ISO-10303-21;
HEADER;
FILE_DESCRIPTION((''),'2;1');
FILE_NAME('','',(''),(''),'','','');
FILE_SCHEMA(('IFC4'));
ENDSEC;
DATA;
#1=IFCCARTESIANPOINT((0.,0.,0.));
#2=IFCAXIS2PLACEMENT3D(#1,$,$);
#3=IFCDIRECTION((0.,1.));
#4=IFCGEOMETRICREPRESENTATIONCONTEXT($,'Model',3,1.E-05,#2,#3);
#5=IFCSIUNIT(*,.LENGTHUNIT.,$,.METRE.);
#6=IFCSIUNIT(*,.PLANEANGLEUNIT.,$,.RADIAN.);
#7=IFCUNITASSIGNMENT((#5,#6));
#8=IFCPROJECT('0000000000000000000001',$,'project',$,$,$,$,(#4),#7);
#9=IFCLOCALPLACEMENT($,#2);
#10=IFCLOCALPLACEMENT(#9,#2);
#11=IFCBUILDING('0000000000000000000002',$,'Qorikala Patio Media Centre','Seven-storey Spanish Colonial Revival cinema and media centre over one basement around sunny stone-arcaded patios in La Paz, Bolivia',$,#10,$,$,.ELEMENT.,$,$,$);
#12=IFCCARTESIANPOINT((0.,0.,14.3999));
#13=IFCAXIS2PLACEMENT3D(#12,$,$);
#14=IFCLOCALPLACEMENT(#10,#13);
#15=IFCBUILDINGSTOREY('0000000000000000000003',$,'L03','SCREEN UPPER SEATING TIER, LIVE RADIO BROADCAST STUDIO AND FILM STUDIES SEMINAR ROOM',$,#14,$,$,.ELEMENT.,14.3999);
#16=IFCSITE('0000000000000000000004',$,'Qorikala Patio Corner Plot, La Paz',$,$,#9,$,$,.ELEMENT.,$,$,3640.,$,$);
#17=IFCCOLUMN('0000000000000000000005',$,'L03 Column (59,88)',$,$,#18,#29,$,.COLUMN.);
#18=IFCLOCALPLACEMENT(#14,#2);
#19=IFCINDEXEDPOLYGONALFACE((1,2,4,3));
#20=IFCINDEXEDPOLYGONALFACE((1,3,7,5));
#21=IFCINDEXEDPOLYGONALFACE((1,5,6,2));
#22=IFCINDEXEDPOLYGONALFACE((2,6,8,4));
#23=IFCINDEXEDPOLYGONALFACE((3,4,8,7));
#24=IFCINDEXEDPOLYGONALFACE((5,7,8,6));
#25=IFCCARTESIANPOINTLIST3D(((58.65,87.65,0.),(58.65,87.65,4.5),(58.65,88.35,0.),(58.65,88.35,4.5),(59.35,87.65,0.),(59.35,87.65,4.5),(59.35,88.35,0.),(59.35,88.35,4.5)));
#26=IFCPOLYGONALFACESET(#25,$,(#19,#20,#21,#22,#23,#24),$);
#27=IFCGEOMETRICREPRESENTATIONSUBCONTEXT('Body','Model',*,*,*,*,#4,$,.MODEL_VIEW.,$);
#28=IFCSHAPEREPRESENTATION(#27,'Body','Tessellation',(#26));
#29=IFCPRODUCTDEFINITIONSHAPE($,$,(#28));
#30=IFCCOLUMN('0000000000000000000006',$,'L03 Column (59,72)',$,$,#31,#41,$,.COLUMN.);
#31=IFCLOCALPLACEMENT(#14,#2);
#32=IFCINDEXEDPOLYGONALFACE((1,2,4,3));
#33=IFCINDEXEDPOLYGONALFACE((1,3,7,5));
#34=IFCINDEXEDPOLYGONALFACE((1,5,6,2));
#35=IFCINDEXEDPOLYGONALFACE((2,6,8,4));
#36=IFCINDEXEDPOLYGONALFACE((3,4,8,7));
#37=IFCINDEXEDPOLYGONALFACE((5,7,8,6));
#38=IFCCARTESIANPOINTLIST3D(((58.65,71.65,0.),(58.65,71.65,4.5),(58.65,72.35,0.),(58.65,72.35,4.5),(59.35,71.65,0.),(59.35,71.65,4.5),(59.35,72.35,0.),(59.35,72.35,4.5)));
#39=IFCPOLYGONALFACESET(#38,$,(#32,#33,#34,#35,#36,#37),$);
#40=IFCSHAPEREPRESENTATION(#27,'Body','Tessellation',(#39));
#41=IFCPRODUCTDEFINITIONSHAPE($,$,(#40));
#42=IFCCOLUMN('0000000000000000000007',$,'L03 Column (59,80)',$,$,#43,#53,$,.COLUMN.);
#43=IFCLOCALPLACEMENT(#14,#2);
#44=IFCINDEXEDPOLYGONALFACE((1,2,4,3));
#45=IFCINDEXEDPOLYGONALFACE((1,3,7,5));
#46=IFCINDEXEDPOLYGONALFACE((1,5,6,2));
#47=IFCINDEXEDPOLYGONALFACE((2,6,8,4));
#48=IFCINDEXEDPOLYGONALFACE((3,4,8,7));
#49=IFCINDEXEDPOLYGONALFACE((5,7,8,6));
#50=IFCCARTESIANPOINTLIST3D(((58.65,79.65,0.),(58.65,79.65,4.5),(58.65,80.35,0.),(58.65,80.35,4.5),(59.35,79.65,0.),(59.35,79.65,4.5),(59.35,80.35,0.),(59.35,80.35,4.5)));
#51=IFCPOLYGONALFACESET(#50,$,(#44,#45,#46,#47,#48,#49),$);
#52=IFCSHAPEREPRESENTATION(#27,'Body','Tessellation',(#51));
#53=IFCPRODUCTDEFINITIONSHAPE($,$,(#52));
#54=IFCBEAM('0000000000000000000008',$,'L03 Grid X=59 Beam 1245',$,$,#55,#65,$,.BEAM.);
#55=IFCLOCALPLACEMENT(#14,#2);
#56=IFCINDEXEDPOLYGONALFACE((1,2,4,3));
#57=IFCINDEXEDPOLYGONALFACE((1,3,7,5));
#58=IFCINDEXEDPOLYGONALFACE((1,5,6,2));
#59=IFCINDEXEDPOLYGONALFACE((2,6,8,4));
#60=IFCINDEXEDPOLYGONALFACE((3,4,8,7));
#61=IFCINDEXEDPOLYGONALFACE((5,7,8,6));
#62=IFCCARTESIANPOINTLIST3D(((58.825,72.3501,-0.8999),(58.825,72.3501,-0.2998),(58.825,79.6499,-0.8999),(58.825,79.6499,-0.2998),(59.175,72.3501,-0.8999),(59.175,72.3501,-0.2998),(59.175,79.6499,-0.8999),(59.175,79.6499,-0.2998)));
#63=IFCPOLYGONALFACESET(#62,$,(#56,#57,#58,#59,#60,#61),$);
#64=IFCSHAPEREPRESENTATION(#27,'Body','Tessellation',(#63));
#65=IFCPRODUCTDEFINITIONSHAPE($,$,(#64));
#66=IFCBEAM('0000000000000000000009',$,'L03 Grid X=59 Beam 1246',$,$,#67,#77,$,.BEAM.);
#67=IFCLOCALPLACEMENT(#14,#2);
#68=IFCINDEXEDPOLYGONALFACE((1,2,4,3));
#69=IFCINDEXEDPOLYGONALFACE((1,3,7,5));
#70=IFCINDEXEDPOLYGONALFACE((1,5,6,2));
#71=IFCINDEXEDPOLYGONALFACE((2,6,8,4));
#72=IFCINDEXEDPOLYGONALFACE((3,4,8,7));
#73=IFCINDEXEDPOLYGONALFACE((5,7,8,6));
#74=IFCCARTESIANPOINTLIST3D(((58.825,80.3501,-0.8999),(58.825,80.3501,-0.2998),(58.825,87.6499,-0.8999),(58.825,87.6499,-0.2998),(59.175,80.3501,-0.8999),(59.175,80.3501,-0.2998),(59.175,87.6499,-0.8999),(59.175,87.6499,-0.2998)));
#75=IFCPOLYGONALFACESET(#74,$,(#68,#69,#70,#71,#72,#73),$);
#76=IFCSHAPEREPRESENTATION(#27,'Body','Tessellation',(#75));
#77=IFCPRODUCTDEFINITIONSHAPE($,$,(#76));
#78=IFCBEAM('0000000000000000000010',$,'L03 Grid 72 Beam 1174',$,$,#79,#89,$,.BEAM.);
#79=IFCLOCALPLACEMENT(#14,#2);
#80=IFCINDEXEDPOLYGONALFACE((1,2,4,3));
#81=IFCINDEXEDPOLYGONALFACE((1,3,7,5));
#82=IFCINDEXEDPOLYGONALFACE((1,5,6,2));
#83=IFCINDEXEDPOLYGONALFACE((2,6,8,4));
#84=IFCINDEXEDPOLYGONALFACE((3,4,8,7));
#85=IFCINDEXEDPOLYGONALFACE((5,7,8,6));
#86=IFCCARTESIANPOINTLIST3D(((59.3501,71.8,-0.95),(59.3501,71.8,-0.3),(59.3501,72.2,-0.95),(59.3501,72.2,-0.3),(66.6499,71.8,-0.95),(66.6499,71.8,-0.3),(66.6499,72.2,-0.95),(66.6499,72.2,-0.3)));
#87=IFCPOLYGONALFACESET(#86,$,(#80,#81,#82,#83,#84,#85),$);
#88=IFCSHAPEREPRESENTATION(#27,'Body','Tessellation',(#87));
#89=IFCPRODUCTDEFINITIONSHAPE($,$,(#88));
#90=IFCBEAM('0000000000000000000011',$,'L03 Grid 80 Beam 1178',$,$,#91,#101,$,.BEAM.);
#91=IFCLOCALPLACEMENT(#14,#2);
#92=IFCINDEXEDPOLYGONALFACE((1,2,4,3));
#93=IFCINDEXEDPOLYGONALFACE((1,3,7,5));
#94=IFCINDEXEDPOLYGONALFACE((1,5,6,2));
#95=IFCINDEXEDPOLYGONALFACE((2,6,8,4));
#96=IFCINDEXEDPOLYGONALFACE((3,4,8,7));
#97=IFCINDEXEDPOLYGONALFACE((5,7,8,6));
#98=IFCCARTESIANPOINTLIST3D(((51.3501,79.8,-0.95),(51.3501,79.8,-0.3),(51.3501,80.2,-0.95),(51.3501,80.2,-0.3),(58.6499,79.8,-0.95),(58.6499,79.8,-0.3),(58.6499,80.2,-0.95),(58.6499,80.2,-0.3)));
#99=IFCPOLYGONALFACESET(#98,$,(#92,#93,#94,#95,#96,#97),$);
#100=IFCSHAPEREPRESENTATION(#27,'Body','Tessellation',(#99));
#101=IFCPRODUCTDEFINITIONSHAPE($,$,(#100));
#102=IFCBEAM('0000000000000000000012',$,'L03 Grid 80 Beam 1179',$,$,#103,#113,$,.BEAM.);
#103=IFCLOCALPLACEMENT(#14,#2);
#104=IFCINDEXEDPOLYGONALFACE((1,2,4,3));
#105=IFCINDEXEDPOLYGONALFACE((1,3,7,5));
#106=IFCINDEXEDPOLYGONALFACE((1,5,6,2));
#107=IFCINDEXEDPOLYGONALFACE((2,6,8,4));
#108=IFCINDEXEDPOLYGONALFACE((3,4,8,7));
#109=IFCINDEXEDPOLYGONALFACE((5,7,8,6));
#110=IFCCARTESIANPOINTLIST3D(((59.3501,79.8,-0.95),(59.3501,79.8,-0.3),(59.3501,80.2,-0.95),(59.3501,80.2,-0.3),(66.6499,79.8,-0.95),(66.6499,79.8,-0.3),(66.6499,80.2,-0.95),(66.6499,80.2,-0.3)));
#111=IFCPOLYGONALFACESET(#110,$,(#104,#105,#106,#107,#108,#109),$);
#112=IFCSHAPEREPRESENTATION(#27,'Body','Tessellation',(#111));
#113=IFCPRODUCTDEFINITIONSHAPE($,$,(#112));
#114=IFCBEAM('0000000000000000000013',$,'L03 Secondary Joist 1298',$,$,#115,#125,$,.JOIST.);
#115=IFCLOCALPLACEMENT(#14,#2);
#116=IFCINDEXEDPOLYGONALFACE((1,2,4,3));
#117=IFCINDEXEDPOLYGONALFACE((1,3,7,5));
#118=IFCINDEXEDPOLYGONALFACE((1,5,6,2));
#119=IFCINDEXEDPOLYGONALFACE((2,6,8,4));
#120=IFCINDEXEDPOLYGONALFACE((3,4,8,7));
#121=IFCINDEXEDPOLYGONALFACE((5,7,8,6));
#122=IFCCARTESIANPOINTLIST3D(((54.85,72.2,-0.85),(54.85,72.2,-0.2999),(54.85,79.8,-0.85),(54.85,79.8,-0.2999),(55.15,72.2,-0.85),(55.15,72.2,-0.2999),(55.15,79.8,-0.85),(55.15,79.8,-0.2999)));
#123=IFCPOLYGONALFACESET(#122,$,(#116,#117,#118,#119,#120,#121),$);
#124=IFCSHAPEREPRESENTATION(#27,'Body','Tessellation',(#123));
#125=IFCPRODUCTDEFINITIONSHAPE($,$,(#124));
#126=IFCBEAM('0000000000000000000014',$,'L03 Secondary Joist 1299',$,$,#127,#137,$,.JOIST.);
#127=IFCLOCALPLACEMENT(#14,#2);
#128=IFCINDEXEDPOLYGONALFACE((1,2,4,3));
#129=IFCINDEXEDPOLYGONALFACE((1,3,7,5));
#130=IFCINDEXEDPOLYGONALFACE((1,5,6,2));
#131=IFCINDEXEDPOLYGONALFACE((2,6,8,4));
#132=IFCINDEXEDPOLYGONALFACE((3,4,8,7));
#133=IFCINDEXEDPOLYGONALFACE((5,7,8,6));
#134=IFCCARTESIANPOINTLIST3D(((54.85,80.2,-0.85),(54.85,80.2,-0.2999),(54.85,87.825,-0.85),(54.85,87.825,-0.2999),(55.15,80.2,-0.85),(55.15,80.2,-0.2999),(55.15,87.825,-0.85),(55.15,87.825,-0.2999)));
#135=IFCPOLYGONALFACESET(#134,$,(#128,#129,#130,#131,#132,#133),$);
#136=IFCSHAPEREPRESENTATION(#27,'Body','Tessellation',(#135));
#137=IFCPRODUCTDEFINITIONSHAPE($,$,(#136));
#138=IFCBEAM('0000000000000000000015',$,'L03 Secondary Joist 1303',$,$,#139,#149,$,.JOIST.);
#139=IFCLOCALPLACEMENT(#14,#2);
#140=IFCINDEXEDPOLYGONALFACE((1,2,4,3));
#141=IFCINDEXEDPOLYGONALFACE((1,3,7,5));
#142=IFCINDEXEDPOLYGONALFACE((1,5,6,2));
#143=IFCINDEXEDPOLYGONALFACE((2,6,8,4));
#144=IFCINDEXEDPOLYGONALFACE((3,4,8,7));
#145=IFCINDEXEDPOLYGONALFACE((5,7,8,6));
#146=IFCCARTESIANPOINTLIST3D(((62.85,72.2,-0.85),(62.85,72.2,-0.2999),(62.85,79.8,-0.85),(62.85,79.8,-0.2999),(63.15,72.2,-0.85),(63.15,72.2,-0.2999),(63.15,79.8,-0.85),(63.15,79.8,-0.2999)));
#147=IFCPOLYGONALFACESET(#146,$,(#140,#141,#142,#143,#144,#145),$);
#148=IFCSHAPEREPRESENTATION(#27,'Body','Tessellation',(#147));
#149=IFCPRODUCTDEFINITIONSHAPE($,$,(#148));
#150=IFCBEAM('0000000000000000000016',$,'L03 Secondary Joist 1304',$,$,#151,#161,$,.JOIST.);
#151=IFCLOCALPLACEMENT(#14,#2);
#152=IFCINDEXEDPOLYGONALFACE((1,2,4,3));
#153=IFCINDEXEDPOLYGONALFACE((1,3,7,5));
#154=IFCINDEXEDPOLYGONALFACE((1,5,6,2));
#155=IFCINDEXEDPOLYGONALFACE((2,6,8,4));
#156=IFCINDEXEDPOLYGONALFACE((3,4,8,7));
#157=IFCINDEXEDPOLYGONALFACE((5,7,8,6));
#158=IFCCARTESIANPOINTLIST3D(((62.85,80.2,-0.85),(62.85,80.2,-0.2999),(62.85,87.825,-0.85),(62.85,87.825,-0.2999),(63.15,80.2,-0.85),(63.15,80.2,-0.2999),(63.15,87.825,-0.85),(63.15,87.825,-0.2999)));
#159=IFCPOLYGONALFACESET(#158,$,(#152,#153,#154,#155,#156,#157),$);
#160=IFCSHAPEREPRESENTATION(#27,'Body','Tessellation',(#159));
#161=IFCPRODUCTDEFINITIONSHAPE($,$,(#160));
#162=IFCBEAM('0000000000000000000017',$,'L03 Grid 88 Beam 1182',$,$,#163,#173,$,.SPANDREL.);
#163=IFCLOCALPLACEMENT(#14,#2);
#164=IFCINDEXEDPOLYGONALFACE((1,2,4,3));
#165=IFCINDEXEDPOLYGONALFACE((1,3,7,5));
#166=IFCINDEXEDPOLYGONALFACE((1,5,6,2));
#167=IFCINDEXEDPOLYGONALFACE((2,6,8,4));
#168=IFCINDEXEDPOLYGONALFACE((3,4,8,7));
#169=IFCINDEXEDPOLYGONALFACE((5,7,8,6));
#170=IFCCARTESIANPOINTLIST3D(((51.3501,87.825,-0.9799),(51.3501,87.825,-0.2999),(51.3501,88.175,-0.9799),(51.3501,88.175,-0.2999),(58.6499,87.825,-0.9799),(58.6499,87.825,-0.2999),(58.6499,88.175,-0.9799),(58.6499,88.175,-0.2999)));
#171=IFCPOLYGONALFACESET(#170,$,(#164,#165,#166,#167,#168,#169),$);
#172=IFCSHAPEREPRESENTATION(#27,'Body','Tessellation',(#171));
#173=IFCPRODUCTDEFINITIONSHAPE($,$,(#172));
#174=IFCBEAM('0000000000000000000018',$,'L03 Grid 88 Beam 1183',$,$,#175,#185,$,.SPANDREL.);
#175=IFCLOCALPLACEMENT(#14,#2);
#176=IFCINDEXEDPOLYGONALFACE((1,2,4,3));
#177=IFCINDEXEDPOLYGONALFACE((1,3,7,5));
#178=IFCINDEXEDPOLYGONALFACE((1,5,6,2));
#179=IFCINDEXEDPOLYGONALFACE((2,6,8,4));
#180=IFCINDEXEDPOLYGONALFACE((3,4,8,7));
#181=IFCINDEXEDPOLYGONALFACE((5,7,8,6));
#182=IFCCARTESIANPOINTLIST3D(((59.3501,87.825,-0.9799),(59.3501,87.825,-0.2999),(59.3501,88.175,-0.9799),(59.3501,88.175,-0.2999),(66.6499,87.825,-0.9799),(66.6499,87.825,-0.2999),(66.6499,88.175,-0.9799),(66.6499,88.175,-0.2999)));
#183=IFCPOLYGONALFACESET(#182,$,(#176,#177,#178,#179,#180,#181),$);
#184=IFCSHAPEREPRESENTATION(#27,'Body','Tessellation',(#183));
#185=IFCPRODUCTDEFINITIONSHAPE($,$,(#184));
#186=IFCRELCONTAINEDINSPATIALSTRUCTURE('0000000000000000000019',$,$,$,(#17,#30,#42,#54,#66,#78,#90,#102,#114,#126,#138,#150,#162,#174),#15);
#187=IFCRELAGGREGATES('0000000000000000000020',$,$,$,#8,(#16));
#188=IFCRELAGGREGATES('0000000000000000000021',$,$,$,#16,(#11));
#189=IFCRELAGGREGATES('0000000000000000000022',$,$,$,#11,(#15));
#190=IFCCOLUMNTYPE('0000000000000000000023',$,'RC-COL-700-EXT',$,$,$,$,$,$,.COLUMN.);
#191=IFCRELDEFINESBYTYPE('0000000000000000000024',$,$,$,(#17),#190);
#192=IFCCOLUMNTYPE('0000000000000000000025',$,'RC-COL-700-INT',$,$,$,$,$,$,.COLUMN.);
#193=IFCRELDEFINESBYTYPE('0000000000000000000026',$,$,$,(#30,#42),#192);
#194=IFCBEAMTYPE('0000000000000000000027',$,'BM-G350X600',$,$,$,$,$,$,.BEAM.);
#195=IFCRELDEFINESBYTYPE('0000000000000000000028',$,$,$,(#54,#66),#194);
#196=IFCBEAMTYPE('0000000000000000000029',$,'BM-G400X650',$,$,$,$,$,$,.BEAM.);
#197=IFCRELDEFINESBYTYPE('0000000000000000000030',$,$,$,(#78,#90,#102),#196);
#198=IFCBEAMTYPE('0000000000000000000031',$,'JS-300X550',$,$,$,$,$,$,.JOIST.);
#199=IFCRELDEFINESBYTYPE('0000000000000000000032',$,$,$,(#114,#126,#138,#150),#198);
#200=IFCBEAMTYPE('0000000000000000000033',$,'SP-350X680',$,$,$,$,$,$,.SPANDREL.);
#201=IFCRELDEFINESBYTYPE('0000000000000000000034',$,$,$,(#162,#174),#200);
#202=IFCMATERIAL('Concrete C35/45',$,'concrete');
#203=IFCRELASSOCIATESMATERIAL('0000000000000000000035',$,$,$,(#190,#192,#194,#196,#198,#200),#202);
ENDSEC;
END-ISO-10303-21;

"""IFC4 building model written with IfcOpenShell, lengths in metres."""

from ifc_helpers import new_model, si_unit, direction, frame, origin, origin_2d, place, context, subcontext, project, spatial, rectangle, extrude, material, material_profile, profile_set, type_object, element, save


model = new_model("IFC4")

# Units and contexts
model_context = context("Model", 3, precision=1e-05, world=origin(), true_north=direction((0.0, 1.0)))
body_context = subcontext(model_context, "Body", "Model", "MODEL_VIEW")
ifc_project = project(units=[si_unit("LENGTHUNIT", "METRE"), si_unit("PLANEANGLEUNIT", "RADIAN")], contexts=[model_context])

# Site, building, storey
site_placement = place(None, origin())
site = spatial("IfcSite", under=ifc_project, at=site_placement, Name="Qorikala Patio Corner Plot, La Paz", CompositionType="ELEMENT", RefElevation=3640.0)
building_placement = place(site_placement, origin())
building = spatial("IfcBuilding", under=site, at=building_placement, Name="Qorikala Patio Media Centre", Description="Seven-storey Spanish Colonial Revival cinema and media centre over one basement around sunny stone-arcaded patios in La Paz, Bolivia", CompositionType="ELEMENT")
storey_placement = place(building_placement, frame((0.0, 0.0, 14.3999)))
storey = spatial("IfcBuildingStorey", under=building, at=storey_placement, Name="L03", Description="SCREEN UPPER SEATING TIER, LIVE RADIO BROADCAST STUDIO AND FILM STUDIES SEMINAR ROOM", CompositionType="ELEMENT", Elevation=14.3999)

# Columns
ifc_material_1 = material(Name="Concrete C35/45", Category="concrete")
ifc_material_profile_1 = material_profile(ifc_material_1, rectangle(XDim=0.7, YDim=0.7, at=origin_2d()), Name="RC 700x700")
ifc_profile_set_1 = profile_set([ifc_material_profile_1], Name="Concrete C35/45")
column_type_1 = type_object("IfcColumnType", Name="RC-COL-700-EXT", PredefinedType="COLUMN", material=ifc_profile_set_1)
column_placement = place(storey_placement, frame((59.0, 88.0, 0.0), z_axis=(0.0, 0.0, 1.0), x_axis=(1.0, 0.0, 0.0)))
element("IfcColumn", 1, at=column_placement, inside=storey, type_object=column_type_1, Name="L03 Column (59,88)", PredefinedType="COLUMN", context=body_context, shape_type="SweptSolid", body=[
    extrude(rectangle(XDim=0.7, YDim=0.7, at=origin_2d()), origin(), (0.0, 0.0, 1.0), 4.5),
])
ifc_material_profile_2 = material_profile(ifc_material_1, rectangle(XDim=0.7, YDim=0.7, at=origin_2d()), Name="RC 700x700")
ifc_profile_set_2 = profile_set([ifc_material_profile_2], Name="Concrete C35/45")
column_type_2 = type_object("IfcColumnType", Name="RC-COL-700-INT", PredefinedType="COLUMN", material=ifc_profile_set_2)
for number, where, z_axis, x_axis, name in (
    (2, (59.0, 72.0, 0.0), (0.0, 0.0, 1.0), (1.0, 0.0, 0.0), "L03 Column (59,72)"),
    (3, (59.0, 80.0, 0.0), (0.0, 0.0, 1.0), (1.0, 0.0, 0.0), "L03 Column (59,80)"),
):
    element("IfcColumn", number, at=place(storey_placement, frame(where, z_axis=z_axis, x_axis=x_axis)), inside=storey, type_object=column_type_2, Name=name, PredefinedType="COLUMN", context=body_context, shape_type="SweptSolid", body=[
        extrude(rectangle(XDim=0.7, YDim=0.7, at=origin_2d()), origin(), (0.0, 0.0, 1.0), 4.5),
    ])

# Beams
ifc_material_profile_3 = material_profile(ifc_material_1, rectangle(XDim=0.3501, YDim=0.6001, at=origin_2d()), Name="RC 350x600")
ifc_profile_set_3 = profile_set([ifc_material_profile_3], Name="Concrete C35/45")
beam_type_1 = type_object("IfcBeamType", Name="BM-G350X600", PredefinedType="BEAM", material=ifc_profile_set_3)
for number, where, z_axis, x_axis, name in (
    (4, (59.0, 72.3501, -0.5999), (0.0, 1.0, 0.0), (-1.0, 0.0, 0.0), "L03 Grid X=59 Beam 1245"),
    (5, (59.0, 80.3501, -0.5999), (0.0, 1.0, 0.0), (-1.0, 0.0, 0.0), "L03 Grid X=59 Beam 1246"),
):
    element("IfcBeam", number, at=place(storey_placement, frame(where, z_axis=z_axis, x_axis=x_axis)), inside=storey, type_object=beam_type_1, Name=name, PredefinedType="BEAM", context=body_context, shape_type="SweptSolid", body=[
        extrude(rectangle(XDim=0.3501, YDim=0.6001, at=origin_2d()), origin(), (0.0, 0.0, 1.0), 7.2998),
    ])
ifc_material_profile_4 = material_profile(ifc_material_1, rectangle(XDim=0.3999, YDim=0.6499, at=origin_2d()), Name="RC 400x650")
ifc_profile_set_4 = profile_set([ifc_material_profile_4], Name="Concrete C35/45")
beam_type_2 = type_object("IfcBeamType", Name="BM-G400X650", PredefinedType="BEAM", material=ifc_profile_set_4)
for number, where, z_axis, x_axis, name in (
    (6, (59.3501, 72.0, -0.625), (1.0, 0.0, 0.0), (0.0, 1.0, 0.0), "L03 Grid 72 Beam 1174"),
    (7, (51.3501, 80.0, -0.625), (1.0, 0.0, 0.0), (0.0, 1.0, 0.0), "L03 Grid 80 Beam 1178"),
    (8, (59.3501, 80.0, -0.625), (1.0, 0.0, 0.0), (0.0, 1.0, 0.0), "L03 Grid 80 Beam 1179"),
):
    element("IfcBeam", number, at=place(storey_placement, frame(where, z_axis=z_axis, x_axis=x_axis)), inside=storey, type_object=beam_type_2, Name=name, PredefinedType="BEAM", context=body_context, shape_type="SweptSolid", body=[
        extrude(rectangle(XDim=0.3999, YDim=0.6499, at=origin_2d()), origin(), (0.0, 0.0, 1.0), 7.2998),
    ])
ifc_material_profile_5 = material_profile(ifc_material_1, rectangle(XDim=0.3, YDim=0.55, at=origin_2d()), Name="RC 300x550")
ifc_profile_set_5 = profile_set([ifc_material_profile_5], Name="Concrete C35/45")
beam_type_3 = type_object("IfcBeamType", Name="JS-300X550", PredefinedType="JOIST", material=ifc_profile_set_5)
beam_1_placement = place(storey_placement, frame((55.0, 72.2, -0.575), z_axis=(0.0, 1.0, 0.0), x_axis=(-1.0, 0.0, 0.0)))
element("IfcBeam", 9, at=beam_1_placement, inside=storey, type_object=beam_type_3, Name="L03 Secondary Joist 1298", PredefinedType="JOIST", context=body_context, shape_type="SweptSolid", body=[
    extrude(rectangle(XDim=0.3, YDim=0.55, at=origin_2d()), origin(), (0.0, 0.0, 1.0), 7.6001),
])
beam_2_placement = place(storey_placement, frame((55.0, 80.2, -0.575), z_axis=(0.0, 1.0, 0.0), x_axis=(-1.0, 0.0, 0.0)))
element("IfcBeam", 10, at=beam_2_placement, inside=storey, type_object=beam_type_3, Name="L03 Secondary Joist 1299", PredefinedType="JOIST", context=body_context, shape_type="SweptSolid", body=[
    extrude(rectangle(XDim=0.3, YDim=0.55, at=origin_2d()), origin(), (0.0, 0.0, 1.0), 7.625),
])
beam_3_placement = place(storey_placement, frame((63.0, 72.2, -0.575), z_axis=(0.0, 1.0, 0.0), x_axis=(-1.0, 0.0, 0.0)))
element("IfcBeam", 11, at=beam_3_placement, inside=storey, type_object=beam_type_3, Name="L03 Secondary Joist 1303", PredefinedType="JOIST", context=body_context, shape_type="SweptSolid", body=[
    extrude(rectangle(XDim=0.3, YDim=0.55, at=origin_2d()), origin(), (0.0, 0.0, 1.0), 7.6001),
])
beam_4_placement = place(storey_placement, frame((63.0, 80.2, -0.575), z_axis=(0.0, 1.0, 0.0), x_axis=(-1.0, 0.0, 0.0)))
element("IfcBeam", 12, at=beam_4_placement, inside=storey, type_object=beam_type_3, Name="L03 Secondary Joist 1304", PredefinedType="JOIST", context=body_context, shape_type="SweptSolid", body=[
    extrude(rectangle(XDim=0.3, YDim=0.55, at=origin_2d()), origin(), (0.0, 0.0, 1.0), 7.625),
])
ifc_material_profile_6 = material_profile(ifc_material_1, rectangle(XDim=0.3501, YDim=0.6799, at=origin_2d()), Name="RC 350x680")
ifc_profile_set_6 = profile_set([ifc_material_profile_6], Name="Concrete C35/45")
beam_type_4 = type_object("IfcBeamType", Name="SP-350X680", PredefinedType="SPANDREL", material=ifc_profile_set_6)
for number, where, z_axis, x_axis, name in (
    (13, (51.3501, 88.0, -0.6399), (1.0, 0.0, 0.0), (0.0, 1.0, 0.0), "L03 Grid 88 Beam 1182"),
    (14, (59.3501, 88.0, -0.6399), (1.0, 0.0, 0.0), (0.0, 1.0, 0.0), "L03 Grid 88 Beam 1183"),
):
    element("IfcBeam", number, at=place(storey_placement, frame(where, z_axis=z_axis, x_axis=x_axis)), inside=storey, type_object=beam_type_4, Name=name, PredefinedType="SPANDREL", context=body_context, shape_type="SweptSolid", body=[
        extrude(rectangle(XDim=0.3501, YDim=0.6799, at=origin_2d()), origin(), (0.0, 0.0, 1.0), 7.2998),
    ])

save(model, "model.ifc")
